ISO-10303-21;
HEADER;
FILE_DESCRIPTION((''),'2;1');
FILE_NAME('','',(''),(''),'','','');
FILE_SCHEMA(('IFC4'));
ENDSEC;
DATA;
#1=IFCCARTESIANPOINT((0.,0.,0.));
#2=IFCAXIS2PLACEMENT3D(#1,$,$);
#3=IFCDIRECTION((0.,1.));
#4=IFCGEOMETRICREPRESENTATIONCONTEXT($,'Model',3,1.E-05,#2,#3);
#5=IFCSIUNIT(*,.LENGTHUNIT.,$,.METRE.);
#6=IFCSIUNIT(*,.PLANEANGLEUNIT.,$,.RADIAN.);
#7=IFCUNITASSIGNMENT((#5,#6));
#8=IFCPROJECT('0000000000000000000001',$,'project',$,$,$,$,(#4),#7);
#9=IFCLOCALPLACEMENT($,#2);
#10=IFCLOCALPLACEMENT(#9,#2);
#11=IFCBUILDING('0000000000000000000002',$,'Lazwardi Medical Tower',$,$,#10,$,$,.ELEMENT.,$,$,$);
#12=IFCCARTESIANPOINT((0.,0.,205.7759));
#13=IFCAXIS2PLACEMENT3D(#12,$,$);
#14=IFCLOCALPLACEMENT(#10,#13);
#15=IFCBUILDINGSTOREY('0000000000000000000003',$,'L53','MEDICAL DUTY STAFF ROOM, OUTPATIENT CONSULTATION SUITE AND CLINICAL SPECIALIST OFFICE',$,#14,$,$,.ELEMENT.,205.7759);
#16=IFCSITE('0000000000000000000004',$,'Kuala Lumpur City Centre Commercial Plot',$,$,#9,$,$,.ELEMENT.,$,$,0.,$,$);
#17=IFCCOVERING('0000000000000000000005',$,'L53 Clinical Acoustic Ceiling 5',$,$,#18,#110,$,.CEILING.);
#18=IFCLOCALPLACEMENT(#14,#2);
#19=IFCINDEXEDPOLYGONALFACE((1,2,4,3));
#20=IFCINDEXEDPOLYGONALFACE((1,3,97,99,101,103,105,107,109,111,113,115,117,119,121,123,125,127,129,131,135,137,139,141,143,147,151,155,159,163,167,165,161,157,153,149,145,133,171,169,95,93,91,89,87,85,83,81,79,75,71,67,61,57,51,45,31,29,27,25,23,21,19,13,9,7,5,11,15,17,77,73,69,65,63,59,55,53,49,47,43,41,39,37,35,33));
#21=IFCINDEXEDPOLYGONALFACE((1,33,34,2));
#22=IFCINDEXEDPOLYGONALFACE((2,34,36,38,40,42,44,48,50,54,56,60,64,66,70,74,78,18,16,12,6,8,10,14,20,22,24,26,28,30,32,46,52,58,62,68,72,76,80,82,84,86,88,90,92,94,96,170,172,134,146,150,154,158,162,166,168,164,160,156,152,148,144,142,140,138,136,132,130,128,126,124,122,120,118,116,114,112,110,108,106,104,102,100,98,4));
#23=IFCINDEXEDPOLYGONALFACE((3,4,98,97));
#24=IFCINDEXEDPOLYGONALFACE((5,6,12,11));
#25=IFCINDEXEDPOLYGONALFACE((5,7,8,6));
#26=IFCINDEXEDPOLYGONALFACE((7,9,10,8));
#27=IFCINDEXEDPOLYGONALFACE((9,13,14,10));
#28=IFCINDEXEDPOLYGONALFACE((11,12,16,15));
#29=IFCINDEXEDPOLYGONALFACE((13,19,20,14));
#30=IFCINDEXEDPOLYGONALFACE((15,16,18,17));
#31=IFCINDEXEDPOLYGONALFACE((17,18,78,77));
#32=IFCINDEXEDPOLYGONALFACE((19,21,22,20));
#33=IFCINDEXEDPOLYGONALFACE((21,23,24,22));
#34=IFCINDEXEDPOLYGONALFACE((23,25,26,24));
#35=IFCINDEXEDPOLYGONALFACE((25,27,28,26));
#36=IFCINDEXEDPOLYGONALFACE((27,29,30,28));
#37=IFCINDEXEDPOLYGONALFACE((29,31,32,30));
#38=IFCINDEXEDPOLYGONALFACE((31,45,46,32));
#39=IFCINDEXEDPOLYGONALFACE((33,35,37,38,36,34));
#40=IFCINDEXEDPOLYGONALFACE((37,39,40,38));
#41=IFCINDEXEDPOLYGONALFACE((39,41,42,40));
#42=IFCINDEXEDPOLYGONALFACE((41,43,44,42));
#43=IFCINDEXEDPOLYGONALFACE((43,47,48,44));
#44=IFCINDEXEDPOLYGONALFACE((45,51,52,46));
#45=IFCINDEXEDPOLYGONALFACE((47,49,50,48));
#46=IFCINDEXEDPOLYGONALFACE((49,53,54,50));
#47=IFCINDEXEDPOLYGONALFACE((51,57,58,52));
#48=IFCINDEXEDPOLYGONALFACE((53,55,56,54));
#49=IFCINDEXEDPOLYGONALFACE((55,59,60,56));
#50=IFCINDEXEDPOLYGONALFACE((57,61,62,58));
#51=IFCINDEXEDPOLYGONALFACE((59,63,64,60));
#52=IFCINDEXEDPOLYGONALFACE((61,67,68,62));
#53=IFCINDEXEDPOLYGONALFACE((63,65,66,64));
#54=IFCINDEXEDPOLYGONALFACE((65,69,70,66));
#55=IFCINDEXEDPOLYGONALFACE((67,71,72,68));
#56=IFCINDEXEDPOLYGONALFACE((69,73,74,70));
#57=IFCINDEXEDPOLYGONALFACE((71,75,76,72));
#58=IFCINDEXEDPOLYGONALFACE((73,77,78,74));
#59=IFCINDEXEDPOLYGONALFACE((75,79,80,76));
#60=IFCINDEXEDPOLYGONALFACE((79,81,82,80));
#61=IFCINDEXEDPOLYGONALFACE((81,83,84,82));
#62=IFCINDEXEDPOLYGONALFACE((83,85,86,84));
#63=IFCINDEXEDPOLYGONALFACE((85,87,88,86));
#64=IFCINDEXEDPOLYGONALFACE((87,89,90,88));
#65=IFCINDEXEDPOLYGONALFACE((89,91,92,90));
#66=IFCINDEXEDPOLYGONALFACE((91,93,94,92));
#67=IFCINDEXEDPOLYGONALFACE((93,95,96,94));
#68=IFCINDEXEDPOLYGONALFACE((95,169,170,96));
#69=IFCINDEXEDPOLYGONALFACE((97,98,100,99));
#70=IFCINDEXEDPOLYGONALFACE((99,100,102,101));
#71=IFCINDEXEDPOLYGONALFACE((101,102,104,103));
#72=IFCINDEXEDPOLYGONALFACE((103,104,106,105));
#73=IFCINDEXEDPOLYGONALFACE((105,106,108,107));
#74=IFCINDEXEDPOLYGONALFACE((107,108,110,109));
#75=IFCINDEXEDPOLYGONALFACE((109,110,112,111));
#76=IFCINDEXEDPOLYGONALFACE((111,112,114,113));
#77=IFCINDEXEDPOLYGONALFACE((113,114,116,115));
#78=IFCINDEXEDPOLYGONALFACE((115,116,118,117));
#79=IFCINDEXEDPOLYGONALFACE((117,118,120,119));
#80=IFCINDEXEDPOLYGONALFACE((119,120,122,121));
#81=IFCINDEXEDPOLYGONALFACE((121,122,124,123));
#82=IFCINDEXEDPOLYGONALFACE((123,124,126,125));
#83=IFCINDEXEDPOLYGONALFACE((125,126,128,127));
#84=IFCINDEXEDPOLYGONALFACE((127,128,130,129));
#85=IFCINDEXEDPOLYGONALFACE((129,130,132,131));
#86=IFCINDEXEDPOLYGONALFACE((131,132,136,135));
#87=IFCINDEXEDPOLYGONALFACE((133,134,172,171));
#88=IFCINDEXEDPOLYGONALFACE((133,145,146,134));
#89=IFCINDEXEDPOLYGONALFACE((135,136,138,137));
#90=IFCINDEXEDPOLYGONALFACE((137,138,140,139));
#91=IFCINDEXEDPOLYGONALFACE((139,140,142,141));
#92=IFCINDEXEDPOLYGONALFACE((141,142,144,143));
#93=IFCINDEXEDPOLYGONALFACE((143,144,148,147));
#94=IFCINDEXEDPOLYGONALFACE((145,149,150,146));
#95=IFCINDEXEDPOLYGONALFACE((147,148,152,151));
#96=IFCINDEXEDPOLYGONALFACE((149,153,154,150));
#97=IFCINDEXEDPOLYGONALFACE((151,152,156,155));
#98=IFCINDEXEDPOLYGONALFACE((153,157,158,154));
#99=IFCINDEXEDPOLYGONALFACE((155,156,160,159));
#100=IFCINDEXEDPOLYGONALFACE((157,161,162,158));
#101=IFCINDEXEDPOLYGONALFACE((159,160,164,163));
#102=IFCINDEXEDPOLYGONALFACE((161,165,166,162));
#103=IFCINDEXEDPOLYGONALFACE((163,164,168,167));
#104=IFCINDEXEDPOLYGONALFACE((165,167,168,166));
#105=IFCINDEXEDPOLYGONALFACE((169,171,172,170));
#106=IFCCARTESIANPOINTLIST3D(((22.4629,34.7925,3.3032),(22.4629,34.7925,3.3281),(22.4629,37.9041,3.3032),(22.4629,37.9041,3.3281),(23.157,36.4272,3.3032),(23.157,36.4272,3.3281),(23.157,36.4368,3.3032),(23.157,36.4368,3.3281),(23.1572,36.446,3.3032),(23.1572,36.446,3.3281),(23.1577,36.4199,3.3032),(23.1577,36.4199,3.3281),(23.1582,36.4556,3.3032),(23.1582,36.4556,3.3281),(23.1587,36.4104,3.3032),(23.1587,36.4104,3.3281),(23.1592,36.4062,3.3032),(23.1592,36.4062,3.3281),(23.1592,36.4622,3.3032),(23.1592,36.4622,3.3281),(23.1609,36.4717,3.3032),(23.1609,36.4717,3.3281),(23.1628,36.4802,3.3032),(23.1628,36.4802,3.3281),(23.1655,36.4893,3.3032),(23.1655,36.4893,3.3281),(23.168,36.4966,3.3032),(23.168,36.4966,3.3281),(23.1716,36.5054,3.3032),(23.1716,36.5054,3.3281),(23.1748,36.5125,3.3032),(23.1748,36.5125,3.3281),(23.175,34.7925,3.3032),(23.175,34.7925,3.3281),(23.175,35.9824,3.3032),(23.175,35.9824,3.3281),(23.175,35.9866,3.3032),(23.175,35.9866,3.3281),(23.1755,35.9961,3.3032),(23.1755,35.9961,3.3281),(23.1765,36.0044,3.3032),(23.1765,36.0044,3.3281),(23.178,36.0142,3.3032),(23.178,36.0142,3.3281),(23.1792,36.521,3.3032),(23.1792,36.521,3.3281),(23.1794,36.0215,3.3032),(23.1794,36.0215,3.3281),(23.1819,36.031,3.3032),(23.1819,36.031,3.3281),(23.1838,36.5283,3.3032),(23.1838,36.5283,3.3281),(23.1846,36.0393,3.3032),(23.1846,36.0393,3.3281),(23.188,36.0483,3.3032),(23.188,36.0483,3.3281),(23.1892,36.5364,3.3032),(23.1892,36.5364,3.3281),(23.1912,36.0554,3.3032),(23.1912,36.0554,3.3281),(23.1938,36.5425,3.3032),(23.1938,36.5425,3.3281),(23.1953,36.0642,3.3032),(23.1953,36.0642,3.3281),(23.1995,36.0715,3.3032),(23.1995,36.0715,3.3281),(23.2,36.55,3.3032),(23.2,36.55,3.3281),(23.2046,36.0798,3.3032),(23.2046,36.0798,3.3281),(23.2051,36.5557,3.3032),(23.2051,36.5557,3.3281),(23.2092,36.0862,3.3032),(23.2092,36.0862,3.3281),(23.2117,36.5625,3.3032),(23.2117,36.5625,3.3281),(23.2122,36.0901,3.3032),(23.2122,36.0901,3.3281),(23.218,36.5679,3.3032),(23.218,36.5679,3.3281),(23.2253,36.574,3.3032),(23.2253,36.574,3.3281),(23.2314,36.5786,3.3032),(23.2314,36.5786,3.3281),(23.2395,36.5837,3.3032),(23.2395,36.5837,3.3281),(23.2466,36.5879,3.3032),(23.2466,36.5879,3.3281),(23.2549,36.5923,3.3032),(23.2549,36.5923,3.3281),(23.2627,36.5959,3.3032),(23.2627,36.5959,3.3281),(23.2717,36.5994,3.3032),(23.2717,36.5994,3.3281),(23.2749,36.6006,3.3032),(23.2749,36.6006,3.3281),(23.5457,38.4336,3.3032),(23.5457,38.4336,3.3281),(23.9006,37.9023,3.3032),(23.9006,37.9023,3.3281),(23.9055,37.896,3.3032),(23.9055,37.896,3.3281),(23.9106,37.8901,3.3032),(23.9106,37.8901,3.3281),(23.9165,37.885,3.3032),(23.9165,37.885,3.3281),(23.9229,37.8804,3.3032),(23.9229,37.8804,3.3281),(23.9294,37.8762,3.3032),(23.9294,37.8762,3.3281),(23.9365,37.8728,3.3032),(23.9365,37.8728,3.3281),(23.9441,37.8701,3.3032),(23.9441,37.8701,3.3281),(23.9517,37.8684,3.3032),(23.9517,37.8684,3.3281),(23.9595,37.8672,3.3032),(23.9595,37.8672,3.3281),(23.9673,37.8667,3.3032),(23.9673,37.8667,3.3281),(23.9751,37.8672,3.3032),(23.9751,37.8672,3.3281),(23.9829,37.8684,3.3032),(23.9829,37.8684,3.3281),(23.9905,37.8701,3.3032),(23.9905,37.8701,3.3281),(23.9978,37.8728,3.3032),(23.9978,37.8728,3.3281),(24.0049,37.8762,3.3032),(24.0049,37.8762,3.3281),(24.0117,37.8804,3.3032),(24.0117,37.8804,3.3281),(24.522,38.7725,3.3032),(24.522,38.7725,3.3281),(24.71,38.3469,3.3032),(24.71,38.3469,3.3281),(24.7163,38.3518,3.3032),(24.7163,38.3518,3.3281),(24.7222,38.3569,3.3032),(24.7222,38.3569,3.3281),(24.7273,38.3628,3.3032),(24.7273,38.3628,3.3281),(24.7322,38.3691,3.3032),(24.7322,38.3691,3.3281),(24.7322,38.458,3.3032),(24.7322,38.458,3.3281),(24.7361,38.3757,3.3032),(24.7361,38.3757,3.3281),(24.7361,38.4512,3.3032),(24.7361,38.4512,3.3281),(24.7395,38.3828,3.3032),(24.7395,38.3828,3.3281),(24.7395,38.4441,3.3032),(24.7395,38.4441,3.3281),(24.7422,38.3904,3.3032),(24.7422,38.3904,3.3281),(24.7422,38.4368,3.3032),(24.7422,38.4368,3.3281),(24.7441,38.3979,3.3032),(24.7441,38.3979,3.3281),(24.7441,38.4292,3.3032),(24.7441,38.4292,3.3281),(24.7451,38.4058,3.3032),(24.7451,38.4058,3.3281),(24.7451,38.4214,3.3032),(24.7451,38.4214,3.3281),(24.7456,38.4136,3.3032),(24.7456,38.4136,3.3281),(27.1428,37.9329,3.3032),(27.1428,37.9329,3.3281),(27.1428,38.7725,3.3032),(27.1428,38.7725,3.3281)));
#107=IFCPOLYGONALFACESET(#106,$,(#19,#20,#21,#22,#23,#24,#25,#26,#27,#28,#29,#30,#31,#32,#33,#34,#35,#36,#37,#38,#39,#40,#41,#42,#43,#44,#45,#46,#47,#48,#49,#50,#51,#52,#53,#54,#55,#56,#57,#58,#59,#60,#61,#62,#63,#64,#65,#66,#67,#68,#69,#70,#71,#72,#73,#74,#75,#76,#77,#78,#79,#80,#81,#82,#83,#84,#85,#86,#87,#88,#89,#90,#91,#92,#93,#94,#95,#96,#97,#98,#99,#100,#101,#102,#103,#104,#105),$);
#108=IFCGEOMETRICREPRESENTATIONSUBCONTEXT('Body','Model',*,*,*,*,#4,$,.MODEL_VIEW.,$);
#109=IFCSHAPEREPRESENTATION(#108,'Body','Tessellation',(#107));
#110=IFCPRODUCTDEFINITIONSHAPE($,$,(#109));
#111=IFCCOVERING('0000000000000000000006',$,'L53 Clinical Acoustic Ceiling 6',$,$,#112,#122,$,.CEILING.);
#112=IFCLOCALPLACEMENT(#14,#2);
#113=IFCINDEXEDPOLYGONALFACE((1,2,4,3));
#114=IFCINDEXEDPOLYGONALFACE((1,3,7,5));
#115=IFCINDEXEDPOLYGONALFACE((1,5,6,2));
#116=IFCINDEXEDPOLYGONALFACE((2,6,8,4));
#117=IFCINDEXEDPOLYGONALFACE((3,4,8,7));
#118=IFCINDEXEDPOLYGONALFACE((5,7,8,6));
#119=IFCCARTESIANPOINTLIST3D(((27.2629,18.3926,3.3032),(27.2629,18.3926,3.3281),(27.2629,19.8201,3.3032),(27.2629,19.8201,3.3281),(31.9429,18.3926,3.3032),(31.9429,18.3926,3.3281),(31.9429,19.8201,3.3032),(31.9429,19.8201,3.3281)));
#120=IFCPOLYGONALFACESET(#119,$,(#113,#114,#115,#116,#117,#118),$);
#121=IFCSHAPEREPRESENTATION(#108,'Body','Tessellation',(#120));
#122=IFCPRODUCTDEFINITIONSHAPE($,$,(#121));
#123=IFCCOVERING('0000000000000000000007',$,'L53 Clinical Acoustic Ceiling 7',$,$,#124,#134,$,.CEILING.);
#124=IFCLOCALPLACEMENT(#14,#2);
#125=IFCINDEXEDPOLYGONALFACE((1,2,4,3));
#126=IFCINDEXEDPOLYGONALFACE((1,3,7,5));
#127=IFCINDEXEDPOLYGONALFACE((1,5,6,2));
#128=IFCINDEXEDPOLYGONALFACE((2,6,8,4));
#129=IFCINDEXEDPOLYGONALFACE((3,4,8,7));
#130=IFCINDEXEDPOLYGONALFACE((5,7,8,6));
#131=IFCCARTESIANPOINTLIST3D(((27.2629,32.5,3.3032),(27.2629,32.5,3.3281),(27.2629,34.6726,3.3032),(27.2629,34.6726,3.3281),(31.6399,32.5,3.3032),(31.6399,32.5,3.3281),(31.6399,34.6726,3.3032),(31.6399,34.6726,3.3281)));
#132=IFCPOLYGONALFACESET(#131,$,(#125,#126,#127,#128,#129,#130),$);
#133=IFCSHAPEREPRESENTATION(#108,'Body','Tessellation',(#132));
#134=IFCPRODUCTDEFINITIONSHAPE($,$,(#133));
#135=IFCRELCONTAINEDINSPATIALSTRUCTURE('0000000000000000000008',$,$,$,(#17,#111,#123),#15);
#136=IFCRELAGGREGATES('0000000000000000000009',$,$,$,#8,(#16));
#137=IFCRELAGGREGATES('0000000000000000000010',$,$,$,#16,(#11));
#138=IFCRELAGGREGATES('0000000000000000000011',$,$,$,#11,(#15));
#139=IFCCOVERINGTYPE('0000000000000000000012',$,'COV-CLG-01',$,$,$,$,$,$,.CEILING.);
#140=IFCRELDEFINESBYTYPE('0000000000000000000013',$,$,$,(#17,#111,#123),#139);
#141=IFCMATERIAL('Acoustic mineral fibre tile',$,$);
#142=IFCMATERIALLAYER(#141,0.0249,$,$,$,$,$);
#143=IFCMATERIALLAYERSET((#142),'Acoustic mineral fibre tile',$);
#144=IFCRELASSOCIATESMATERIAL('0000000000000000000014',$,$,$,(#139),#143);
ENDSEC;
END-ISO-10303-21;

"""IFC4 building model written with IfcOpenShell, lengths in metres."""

from ifc_helpers import new_model, si_unit, direction, frame, origin, place, context, subcontext, project, spatial, polyline, outline, extrude, material, layer, layer_set, type_object, element, save


model = new_model("IFC4")

# Units and contexts
model_context = context("Model", 3, precision=1e-05, world=origin(), true_north=direction((0.0, 1.0)))
body_context = subcontext(model_context, "Body", "Model", "MODEL_VIEW")
ifc_project = project(units=[si_unit("LENGTHUNIT", "METRE"), si_unit("PLANEANGLEUNIT", "RADIAN")], contexts=[model_context])

# Site, building, storey
site_placement = place(None, origin())
site = spatial("IfcSite", under=ifc_project, at=site_placement, Name="Kuala Lumpur City Centre Commercial Plot", CompositionType="ELEMENT", RefElevation=0.0)
building_placement = place(site_placement, origin())
building = spatial("IfcBuilding", under=site, at=building_placement, Name="Lazwardi Medical Tower", CompositionType="ELEMENT")
storey_placement = place(building_placement, frame((0.0, 0.0, 205.7759)))
storey = spatial("IfcBuildingStorey", under=building, at=storey_placement, Name="L53", Description="MEDICAL DUTY STAFF ROOM, OUTPATIENT CONSULTATION SUITE AND CLINICAL SPECIALIST OFFICE", CompositionType="ELEMENT", Elevation=205.7759)

# Coverings
ifc_material_1 = material(Name="Acoustic mineral fibre tile")
ifc_layer_1 = layer(ifc_material_1, 0.0249)
ifc_layer_set_1 = layer_set([ifc_layer_1], Name="Acoustic mineral fibre tile")
covering_type_1 = type_object("IfcCoveringType", Name="COV-CLG-01", PredefinedType="CEILING", material=ifc_layer_set_1)
covering_1_placement = place(storey_placement, frame((0.0, 0.0, 3.3032)))
element("IfcCovering", 1, at=covering_1_placement, inside=storey, type_object=covering_type_1, Name="L53 Clinical Acoustic Ceiling 5", PredefinedType="CEILING", context=body_context, shape_type="SweptSolid", body=[
    extrude(outline(polyline([(24.522, 38.7725), (24.7322, 38.458), (24.7361, 38.4512), (24.7395, 38.4441), (24.7422, 38.4368), (24.7441, 38.4292), (24.7451, 38.4214), (24.7456, 38.4136), (24.7451, 38.4058), (24.7441, 38.3979), (24.7422, 38.3904), (24.7395, 38.3828), (24.7361, 38.3757), (24.7322, 38.3691), (24.7273, 38.3628), (24.7222, 38.3569), (24.7163, 38.3518), (24.71, 38.3469), (24.0117, 37.8804), (24.0049, 37.8762), (23.9978, 37.8728), (23.9905, 37.8701), (23.9829, 37.8684), (23.9751, 37.8672), (23.9673, 37.8667), (23.9595, 37.8672), (23.9517, 37.8684), (23.9441, 37.8701), (23.9365, 37.8728), (23.9294, 37.8762), (23.9229, 37.8804), (23.9165, 37.885), (23.9106, 37.8901), (23.9055, 37.896), (23.9006, 37.9023), (23.5457, 38.4336), (22.4629, 37.9041), (22.4629, 34.7925), (23.175, 34.7925), (23.175, 35.9824), (23.175, 35.9866), (23.1755, 35.9961), (23.1765, 36.0044), (23.178, 36.0142), (23.1794, 36.0215), (23.1819, 36.031), (23.1846, 36.0393), (23.188, 36.0483), (23.1912, 36.0554), (23.1953, 36.0642), (23.1995, 36.0715), (23.2046, 36.0798), (23.2092, 36.0862), (23.2122, 36.0901), (23.1592, 36.4062), (23.1587, 36.4104), (23.1577, 36.4199), (23.157, 36.4272), (23.157, 36.4368), (23.1572, 36.446), (23.1582, 36.4556), (23.1592, 36.4622), (23.1609, 36.4717), (23.1628, 36.4802), (23.1655, 36.4893), (23.168, 36.4966), (23.1716, 36.5054), (23.1748, 36.5125), (23.1792, 36.521), (23.1838, 36.5283), (23.1892, 36.5364), (23.1938, 36.5425), (23.2, 36.55), (23.2051, 36.5557), (23.2117, 36.5625), (23.218, 36.5679), (23.2253, 36.574), (23.2314, 36.5786), (23.2395, 36.5837), (23.2466, 36.5879), (23.2549, 36.5923), (23.2627, 36.5959), (23.2717, 36.5994), (23.2749, 36.6006), (27.1428, 37.9329), (27.1428, 38.7725), (24.522, 38.7725)])), origin(), (0.0, 0.0, 1.0), 0.0249),
])
covering_2_placement = place(storey_placement, frame((0.0, 0.0, 3.3032)))
element("IfcCovering", 2, at=covering_2_placement, inside=storey, type_object=covering_type_1, Name="L53 Clinical Acoustic Ceiling 6", PredefinedType="CEILING", context=body_context, shape_type="SweptSolid", body=[
    extrude(outline(polyline([(31.9429, 19.8201), (27.2629, 19.8201), (27.2629, 18.3926), (31.9429, 18.3926), (31.9429, 19.8201)])), origin(), (0.0, 0.0, 1.0), 0.0249),
])
covering_3_placement = place(storey_placement, frame((0.0, 0.0, 3.3032)))
element("IfcCovering", 3, at=covering_3_placement, inside=storey, type_object=covering_type_1, Name="L53 Clinical Acoustic Ceiling 7", PredefinedType="CEILING", context=body_context, shape_type="SweptSolid", body=[
    extrude(outline(polyline([(27.2629, 32.5), (31.6399, 32.5), (31.6399, 34.6726), (27.2629, 34.6726), (27.2629, 32.5)])), origin(), (0.0, 0.0, 1.0), 0.0249),
])

save(model, "model.ifc")
